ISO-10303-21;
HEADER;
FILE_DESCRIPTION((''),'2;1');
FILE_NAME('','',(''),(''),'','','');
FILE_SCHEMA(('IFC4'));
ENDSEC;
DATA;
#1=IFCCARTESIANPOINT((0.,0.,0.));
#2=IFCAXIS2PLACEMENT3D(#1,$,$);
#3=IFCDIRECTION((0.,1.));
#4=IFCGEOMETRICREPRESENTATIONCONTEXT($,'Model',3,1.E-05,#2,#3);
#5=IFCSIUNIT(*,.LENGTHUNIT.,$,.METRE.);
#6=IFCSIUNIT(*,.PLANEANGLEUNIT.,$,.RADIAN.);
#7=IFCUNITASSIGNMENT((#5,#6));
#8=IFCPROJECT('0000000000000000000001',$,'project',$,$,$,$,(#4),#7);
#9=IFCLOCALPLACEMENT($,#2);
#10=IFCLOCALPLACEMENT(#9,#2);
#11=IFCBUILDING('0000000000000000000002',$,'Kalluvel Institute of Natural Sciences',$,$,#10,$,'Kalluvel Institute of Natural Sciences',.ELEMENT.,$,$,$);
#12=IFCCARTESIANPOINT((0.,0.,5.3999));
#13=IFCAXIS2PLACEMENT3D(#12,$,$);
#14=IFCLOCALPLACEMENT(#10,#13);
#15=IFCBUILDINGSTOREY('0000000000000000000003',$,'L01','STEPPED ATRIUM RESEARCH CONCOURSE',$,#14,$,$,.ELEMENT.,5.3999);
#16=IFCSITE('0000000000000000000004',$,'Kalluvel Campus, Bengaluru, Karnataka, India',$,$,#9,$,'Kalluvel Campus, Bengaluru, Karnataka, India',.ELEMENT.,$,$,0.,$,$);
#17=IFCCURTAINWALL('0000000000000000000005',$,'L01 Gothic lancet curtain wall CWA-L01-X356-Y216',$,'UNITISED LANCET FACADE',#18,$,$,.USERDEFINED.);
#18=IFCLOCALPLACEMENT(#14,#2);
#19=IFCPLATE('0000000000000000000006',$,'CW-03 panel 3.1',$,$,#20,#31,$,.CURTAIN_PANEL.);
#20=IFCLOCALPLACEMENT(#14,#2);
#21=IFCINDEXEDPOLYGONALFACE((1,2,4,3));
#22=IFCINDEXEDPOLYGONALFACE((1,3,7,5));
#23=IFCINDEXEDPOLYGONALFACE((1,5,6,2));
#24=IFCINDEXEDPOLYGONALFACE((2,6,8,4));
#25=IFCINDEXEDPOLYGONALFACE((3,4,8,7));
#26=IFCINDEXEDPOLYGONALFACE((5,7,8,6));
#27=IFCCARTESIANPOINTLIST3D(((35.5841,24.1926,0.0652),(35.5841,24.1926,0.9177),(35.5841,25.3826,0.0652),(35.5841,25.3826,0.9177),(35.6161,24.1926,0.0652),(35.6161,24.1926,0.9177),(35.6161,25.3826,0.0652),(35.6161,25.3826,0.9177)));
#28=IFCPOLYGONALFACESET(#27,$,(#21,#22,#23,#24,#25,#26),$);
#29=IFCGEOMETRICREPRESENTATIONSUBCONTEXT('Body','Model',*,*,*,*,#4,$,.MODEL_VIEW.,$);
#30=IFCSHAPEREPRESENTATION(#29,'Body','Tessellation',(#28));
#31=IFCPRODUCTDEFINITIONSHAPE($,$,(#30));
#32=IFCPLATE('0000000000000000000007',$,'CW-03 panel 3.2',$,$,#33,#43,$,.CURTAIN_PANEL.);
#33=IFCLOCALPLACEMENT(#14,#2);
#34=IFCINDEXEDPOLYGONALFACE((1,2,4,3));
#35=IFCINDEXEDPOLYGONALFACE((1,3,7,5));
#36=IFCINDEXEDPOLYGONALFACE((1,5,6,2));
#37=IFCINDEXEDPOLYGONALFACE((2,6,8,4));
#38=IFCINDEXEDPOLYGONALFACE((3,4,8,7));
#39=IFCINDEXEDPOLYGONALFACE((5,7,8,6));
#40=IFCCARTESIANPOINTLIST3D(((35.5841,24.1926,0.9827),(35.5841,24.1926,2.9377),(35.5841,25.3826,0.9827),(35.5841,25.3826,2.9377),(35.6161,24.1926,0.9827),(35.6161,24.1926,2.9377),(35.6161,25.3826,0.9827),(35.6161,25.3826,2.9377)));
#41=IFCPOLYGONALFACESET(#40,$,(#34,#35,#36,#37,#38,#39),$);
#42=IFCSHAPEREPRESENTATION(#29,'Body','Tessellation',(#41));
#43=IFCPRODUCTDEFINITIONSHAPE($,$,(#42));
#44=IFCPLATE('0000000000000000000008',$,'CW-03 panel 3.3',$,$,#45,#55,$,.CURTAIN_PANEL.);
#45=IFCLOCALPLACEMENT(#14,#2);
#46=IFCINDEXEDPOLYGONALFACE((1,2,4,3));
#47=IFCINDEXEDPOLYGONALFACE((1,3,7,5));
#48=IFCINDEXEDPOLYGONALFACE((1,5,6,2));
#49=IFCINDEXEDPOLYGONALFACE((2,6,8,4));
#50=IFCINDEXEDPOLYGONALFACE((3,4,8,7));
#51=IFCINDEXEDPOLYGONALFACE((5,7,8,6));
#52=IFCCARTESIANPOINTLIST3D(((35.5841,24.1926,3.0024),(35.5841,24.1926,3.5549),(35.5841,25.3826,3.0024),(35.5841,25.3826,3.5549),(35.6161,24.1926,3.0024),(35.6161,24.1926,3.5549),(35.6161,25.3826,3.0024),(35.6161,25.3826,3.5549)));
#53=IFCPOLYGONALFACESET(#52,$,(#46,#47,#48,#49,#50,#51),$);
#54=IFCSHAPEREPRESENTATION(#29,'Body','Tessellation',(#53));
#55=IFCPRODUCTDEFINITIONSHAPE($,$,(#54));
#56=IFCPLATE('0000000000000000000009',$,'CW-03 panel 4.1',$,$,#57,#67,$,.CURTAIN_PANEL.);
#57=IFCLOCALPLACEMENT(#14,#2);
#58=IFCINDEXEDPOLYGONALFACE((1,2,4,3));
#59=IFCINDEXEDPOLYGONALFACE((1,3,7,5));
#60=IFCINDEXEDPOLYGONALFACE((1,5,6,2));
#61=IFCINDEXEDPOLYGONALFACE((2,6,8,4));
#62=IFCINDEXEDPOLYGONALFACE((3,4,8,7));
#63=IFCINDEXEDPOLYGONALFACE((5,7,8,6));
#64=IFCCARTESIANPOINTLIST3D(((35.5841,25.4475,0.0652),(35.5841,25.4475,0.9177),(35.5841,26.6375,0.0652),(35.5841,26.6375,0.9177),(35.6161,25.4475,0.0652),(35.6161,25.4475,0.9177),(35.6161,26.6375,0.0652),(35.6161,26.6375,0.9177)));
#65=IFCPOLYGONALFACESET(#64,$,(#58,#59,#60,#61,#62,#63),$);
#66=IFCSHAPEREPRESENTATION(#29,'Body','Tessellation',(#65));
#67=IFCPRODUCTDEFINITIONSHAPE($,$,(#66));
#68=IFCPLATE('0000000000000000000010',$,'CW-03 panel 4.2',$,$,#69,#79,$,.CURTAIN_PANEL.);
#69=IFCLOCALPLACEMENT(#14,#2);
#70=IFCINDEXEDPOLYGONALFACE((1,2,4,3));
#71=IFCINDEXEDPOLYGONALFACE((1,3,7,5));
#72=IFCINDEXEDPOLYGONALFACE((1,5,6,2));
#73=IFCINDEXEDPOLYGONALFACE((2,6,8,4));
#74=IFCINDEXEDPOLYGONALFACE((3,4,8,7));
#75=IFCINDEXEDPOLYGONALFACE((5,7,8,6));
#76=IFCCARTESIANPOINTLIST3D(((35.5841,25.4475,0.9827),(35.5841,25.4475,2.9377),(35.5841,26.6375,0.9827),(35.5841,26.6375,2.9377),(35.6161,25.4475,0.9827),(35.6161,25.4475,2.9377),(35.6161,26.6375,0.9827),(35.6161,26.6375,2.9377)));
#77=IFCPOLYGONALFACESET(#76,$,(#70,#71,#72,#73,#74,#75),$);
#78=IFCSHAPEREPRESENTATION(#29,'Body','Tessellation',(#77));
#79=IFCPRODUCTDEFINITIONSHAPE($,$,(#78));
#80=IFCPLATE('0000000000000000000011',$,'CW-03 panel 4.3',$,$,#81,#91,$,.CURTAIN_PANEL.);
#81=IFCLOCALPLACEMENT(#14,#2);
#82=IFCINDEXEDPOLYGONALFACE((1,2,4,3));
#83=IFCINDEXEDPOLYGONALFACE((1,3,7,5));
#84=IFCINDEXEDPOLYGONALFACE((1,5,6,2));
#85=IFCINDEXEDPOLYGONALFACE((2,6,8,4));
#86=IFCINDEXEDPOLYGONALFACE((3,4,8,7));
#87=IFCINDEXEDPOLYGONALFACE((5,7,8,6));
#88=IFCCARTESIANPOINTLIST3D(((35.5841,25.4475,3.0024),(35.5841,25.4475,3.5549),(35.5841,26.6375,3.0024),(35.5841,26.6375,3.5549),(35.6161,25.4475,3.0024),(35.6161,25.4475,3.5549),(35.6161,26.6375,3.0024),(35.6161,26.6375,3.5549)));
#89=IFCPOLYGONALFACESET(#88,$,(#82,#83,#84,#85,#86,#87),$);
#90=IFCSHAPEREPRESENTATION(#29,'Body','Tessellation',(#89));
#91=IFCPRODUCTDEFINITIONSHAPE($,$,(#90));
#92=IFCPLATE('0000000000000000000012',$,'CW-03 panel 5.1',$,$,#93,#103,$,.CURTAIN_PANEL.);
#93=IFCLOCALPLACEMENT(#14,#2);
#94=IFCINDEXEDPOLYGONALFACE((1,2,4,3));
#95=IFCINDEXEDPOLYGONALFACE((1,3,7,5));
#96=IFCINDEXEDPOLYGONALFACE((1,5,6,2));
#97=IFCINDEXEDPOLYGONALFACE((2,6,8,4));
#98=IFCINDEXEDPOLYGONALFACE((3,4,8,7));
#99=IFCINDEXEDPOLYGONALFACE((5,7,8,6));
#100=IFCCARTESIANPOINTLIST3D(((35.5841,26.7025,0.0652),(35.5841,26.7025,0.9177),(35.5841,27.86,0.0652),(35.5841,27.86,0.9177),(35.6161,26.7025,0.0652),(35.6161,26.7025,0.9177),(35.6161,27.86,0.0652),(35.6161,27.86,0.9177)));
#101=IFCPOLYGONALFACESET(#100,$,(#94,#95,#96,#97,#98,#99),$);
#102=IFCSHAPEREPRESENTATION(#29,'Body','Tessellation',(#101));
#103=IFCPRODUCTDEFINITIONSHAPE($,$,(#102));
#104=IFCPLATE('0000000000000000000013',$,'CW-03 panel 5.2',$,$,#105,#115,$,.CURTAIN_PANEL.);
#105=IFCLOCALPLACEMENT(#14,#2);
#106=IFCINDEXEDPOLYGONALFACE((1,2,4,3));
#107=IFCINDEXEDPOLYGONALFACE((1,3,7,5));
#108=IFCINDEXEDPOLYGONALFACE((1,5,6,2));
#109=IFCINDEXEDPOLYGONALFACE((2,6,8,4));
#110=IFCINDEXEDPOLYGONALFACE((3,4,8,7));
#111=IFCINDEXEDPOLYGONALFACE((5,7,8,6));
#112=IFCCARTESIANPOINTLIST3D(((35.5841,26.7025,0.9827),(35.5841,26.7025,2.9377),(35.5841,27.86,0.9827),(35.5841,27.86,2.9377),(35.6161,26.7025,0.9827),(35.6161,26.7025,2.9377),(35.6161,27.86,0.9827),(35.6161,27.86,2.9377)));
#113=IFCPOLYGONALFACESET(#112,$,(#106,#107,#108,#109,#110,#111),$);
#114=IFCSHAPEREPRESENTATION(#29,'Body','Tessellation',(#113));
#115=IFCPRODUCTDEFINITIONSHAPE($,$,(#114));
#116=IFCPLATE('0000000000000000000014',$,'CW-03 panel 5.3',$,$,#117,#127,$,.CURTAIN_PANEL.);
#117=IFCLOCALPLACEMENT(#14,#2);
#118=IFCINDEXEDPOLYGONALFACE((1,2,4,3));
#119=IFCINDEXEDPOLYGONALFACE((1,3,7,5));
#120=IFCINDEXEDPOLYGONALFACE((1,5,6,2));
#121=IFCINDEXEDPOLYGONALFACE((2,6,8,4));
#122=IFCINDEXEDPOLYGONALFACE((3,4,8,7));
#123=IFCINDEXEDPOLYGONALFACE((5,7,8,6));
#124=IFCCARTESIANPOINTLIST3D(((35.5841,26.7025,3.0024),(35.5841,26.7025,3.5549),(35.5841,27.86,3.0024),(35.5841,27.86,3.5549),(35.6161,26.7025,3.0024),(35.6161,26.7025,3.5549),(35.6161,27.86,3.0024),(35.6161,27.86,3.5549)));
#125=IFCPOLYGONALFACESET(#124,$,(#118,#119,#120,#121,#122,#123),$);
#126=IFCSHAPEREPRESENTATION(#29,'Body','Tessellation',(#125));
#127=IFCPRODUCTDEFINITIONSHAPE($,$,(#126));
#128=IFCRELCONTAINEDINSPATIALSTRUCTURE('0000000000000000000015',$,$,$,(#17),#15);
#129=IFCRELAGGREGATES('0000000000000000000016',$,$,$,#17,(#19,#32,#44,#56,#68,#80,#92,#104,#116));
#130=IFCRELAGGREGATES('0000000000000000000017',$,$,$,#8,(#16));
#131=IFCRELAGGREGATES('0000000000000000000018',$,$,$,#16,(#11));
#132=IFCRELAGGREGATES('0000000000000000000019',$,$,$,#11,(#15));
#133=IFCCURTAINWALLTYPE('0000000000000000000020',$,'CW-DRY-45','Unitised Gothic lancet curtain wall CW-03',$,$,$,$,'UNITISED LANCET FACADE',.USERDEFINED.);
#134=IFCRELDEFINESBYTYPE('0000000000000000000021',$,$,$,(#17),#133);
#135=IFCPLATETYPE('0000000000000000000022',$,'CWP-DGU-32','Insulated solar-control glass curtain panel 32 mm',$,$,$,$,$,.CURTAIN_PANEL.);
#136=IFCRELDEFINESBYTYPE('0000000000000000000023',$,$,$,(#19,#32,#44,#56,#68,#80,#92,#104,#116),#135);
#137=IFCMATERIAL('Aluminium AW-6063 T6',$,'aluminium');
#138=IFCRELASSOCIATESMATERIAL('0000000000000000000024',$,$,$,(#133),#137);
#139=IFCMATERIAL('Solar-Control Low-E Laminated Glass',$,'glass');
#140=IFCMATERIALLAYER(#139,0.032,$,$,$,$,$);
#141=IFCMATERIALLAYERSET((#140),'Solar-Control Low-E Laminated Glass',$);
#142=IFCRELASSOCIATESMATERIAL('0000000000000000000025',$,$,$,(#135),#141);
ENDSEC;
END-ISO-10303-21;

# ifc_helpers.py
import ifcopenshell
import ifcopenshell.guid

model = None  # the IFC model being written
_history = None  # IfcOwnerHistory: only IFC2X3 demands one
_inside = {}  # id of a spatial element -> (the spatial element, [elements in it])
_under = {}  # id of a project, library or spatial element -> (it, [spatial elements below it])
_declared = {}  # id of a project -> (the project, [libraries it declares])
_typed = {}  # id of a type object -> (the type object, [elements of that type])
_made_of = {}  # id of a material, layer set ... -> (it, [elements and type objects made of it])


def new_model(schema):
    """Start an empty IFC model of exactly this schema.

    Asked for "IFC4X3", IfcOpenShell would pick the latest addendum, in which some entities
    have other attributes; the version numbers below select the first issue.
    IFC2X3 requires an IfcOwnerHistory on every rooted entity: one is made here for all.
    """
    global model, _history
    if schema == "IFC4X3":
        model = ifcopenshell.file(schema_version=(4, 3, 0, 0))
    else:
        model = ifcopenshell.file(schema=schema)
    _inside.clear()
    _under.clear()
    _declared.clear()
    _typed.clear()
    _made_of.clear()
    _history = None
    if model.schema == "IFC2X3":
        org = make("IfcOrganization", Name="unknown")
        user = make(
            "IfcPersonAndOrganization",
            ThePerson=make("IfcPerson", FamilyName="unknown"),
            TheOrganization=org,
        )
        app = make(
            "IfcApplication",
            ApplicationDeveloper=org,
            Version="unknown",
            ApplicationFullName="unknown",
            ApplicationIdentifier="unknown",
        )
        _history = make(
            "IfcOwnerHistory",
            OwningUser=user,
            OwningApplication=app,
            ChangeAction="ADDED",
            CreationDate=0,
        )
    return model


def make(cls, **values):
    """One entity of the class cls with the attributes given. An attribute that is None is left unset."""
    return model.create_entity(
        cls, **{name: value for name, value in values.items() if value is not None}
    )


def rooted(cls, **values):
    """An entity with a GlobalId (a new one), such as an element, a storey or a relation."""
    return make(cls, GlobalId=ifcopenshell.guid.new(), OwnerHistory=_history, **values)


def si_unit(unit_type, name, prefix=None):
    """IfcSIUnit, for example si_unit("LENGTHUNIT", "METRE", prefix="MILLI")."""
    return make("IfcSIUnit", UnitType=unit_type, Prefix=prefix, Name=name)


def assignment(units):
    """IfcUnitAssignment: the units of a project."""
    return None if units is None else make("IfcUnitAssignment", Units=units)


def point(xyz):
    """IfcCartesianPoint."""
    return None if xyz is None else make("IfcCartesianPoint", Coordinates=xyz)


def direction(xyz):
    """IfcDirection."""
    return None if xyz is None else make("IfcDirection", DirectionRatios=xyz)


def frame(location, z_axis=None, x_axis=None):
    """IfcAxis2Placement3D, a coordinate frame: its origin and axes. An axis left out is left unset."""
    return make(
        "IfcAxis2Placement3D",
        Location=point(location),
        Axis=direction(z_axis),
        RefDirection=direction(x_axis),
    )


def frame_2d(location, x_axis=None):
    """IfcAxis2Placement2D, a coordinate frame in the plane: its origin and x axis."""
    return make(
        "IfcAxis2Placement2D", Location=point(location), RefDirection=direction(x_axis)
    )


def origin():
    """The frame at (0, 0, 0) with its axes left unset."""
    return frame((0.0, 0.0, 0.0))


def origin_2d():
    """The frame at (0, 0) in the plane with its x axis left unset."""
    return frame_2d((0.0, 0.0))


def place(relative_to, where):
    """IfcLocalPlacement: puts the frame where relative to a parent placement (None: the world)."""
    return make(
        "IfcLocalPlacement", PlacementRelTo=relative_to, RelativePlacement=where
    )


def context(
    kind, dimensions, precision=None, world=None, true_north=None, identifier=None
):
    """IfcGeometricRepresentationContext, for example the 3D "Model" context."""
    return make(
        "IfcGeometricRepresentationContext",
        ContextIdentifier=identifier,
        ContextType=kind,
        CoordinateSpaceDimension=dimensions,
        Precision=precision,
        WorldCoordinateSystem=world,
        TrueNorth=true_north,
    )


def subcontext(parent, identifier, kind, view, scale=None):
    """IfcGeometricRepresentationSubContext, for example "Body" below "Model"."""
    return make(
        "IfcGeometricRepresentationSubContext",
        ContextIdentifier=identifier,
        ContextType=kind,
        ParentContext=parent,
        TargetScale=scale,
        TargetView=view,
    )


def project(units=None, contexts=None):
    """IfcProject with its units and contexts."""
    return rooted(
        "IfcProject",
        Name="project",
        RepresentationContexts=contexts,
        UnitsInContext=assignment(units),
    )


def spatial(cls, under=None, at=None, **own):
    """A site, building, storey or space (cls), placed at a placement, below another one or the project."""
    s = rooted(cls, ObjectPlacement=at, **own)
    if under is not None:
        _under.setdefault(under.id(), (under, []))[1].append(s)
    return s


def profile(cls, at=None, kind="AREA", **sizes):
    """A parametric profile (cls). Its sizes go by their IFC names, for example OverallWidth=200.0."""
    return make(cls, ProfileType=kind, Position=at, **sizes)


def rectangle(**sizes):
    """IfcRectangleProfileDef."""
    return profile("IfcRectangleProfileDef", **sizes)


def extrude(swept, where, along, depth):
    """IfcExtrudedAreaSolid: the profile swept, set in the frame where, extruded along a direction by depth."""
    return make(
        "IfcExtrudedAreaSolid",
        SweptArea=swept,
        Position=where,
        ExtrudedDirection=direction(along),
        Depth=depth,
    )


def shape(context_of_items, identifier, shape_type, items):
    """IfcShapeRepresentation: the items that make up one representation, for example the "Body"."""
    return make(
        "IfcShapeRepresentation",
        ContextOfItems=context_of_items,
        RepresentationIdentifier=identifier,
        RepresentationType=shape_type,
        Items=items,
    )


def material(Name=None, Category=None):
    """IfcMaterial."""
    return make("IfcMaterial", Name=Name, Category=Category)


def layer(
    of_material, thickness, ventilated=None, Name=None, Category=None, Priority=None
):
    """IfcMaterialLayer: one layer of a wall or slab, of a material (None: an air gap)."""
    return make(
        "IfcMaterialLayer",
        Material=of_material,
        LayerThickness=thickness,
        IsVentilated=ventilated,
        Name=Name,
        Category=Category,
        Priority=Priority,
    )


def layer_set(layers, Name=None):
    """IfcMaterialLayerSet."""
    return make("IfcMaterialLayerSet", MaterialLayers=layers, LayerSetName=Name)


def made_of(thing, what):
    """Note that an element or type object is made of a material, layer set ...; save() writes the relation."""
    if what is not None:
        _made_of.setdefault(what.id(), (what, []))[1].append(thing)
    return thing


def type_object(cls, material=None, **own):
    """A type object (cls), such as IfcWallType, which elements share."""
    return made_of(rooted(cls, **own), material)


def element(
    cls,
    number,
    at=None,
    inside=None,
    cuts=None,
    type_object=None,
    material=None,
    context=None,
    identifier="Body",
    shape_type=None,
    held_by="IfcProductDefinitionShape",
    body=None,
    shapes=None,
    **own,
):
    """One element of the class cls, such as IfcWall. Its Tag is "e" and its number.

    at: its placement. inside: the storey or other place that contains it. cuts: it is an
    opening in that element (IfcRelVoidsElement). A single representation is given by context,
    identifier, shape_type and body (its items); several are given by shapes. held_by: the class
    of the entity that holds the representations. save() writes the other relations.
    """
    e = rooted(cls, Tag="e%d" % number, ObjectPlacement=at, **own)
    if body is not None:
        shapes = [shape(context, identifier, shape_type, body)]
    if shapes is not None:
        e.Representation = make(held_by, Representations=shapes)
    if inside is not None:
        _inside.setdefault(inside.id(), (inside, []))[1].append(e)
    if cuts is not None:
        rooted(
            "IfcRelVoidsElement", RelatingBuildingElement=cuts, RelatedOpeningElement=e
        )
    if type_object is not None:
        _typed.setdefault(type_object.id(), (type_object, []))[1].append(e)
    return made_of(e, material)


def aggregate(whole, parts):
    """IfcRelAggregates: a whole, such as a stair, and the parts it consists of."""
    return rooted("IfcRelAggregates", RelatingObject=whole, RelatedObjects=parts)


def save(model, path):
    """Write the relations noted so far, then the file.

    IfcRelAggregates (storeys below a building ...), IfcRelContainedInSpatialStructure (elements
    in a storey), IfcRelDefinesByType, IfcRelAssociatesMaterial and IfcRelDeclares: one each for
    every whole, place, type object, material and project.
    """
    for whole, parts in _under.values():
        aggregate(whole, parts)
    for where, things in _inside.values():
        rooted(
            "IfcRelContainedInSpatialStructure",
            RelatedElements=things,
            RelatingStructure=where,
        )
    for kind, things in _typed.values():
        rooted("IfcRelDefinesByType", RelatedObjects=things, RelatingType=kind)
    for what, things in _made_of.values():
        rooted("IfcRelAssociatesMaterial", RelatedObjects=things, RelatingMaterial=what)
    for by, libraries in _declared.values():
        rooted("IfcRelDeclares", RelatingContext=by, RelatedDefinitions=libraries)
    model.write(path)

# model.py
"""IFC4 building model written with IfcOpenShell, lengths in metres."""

from ifc_helpers import new_model, si_unit, direction, frame, origin, origin_2d, place, context, subcontext, project, spatial, rectangle, extrude, material, layer, layer_set, type_object, element, aggregate, save


model = new_model("IFC4")

# Units and contexts
model_context = context("Model", 3, precision=1e-05, world=origin(), true_north=direction((0.0, 1.0)))
body_context = subcontext(model_context, "Body", "Model", "MODEL_VIEW")
ifc_project = project(units=[si_unit("LENGTHUNIT", "METRE"), si_unit("PLANEANGLEUNIT", "RADIAN")], contexts=[model_context])

# Site, building, storey
site_placement = place(None, origin())
site = spatial("IfcSite", under=ifc_project, at=site_placement, Name="Kalluvel Campus, Bengaluru, Karnataka, India", LongName="Kalluvel Campus, Bengaluru, Karnataka, India", CompositionType="ELEMENT", RefElevation=0.0)
building_placement = place(site_placement, origin())
building = spatial("IfcBuilding", under=site, at=building_placement, Name="Kalluvel Institute of Natural Sciences", LongName="Kalluvel Institute of Natural Sciences", CompositionType="ELEMENT")
storey_placement = place(building_placement, frame((0.0, 0.0, 5.3999)))
storey = spatial("IfcBuildingStorey", under=building, at=storey_placement, Name="L01", Description="STEPPED ATRIUM RESEARCH CONCOURSE", CompositionType="ELEMENT", Elevation=5.3999)

# Curtain wall
ifc_material_1 = material(Name="Aluminium AW-6063 T6", Category="aluminium")
curtain_wall_type = type_object("IfcCurtainWallType", Name="CW-DRY-45", Description="Unitised Gothic lancet curtain wall CW-03", ElementType="UNITISED LANCET FACADE", PredefinedType="USERDEFINED", material=ifc_material_1)
curtain_wall_1_placement = place(storey_placement, origin())
curtain_wall_1 = element("IfcCurtainWall", 1, at=curtain_wall_1_placement, inside=storey, type_object=curtain_wall_type, Name="L01 Gothic lancet curtain wall CWA-L01-X356-Y216", ObjectType="UNITISED LANCET FACADE", PredefinedType="USERDEFINED")

# Plates
ifc_material_2 = material(Name="Solar-Control Low-E Laminated Glass", Category="glass")
ifc_layer = layer(ifc_material_2, 0.032)
ifc_layer_set = layer_set([ifc_layer], Name="Solar-Control Low-E Laminated Glass")
plate_type = type_object("IfcPlateType", Name="CWP-DGU-32", Description="Insulated solar-control glass curtain panel 32 mm", PredefinedType="CURTAIN_PANEL", material=ifc_layer_set)
plate_1_placement = place(storey_placement, frame((35.6001, 24.7876, 0.0652), z_axis=(0.0, 0.0, 1.0), x_axis=(0.0, 1.0, 0.0)))
plate_1 = element("IfcPlate", 2, at=plate_1_placement, type_object=plate_type, Name="CW-03 panel 3.1", PredefinedType="CURTAIN_PANEL", context=body_context, shape_type="SweptSolid", body=[
    extrude(rectangle(XDim=1.1899, YDim=0.032, at=origin_2d()), origin(), (0.0, 0.0, 1.0), 0.8525),
])
plate_2_placement = place(storey_placement, frame((35.6001, 24.7876, 0.9827), z_axis=(0.0, 0.0, 1.0), x_axis=(0.0, 1.0, 0.0)))
plate_2 = element("IfcPlate", 3, at=plate_2_placement, type_object=plate_type, Name="CW-03 panel 3.2", PredefinedType="CURTAIN_PANEL", context=body_context, shape_type="SweptSolid", body=[
    extrude(rectangle(XDim=1.1899, YDim=0.032, at=origin_2d()), origin(), (0.0, 0.0, 1.0), 1.9551),
])
plate_3_placement = place(storey_placement, frame((35.6001, 24.7876, 3.0024), z_axis=(0.0, 0.0, 1.0), x_axis=(0.0, 1.0, 0.0)))
plate_3 = element("IfcPlate", 4, at=plate_3_placement, type_object=plate_type, Name="CW-03 panel 3.3", PredefinedType="CURTAIN_PANEL", context=body_context, shape_type="SweptSolid", body=[
    extrude(rectangle(XDim=1.1899, YDim=0.032, at=origin_2d()), origin(), (0.0, 0.0, 1.0), 0.5525),
])
plate_4_placement = place(storey_placement, frame((35.6001, 26.0425, 0.0652), z_axis=(0.0, 0.0, 1.0), x_axis=(0.0, 1.0, 0.0)))
plate_4 = element("IfcPlate", 5, at=plate_4_placement, type_object=plate_type, Name="CW-03 panel 4.1", PredefinedType="CURTAIN_PANEL", context=body_context, shape_type="SweptSolid", body=[
    extrude(rectangle(XDim=1.1899, YDim=0.032, at=origin_2d()), origin(), (0.0, 0.0, 1.0), 0.8525),
])
plate_5_placement = place(storey_placement, frame((35.6001, 26.0425, 0.9827), z_axis=(0.0, 0.0, 1.0), x_axis=(0.0, 1.0, 0.0)))
plate_5 = element("IfcPlate", 6, at=plate_5_placement, type_object=plate_type, Name="CW-03 panel 4.2", PredefinedType="CURTAIN_PANEL", context=body_context, shape_type="SweptSolid", body=[
    extrude(rectangle(XDim=1.1899, YDim=0.032, at=origin_2d()), origin(), (0.0, 0.0, 1.0), 1.9551),
])
plate_6_placement = place(storey_placement, frame((35.6001, 26.0425, 3.0024), z_axis=(0.0, 0.0, 1.0), x_axis=(0.0, 1.0, 0.0)))
plate_6 = element("IfcPlate", 7, at=plate_6_placement, type_object=plate_type, Name="CW-03 panel 4.3", PredefinedType="CURTAIN_PANEL", context=body_context, shape_type="SweptSolid", body=[
    extrude(rectangle(XDim=1.1899, YDim=0.032, at=origin_2d()), origin(), (0.0, 0.0, 1.0), 0.5525),
])
plate_7_placement = place(storey_placement, frame((35.6001, 27.2812, 0.0652), z_axis=(0.0, 0.0, 1.0), x_axis=(0.0, 1.0, 0.0)))
plate_7 = element("IfcPlate", 8, at=plate_7_placement, type_object=plate_type, Name="CW-03 panel 5.1", PredefinedType="CURTAIN_PANEL", context=body_context, shape_type="SweptSolid", body=[
    extrude(rectangle(XDim=1.1575, YDim=0.032, at=origin_2d()), origin(), (0.0, 0.0, 1.0), 0.8525),
])
plate_8_placement = place(storey_placement, frame((35.6001, 27.2812, 0.9827), z_axis=(0.0, 0.0, 1.0), x_axis=(0.0, 1.0, 0.0)))
plate_8 = element("IfcPlate", 9, at=plate_8_placement, type_object=plate_type, Name="CW-03 panel 5.2", PredefinedType="CURTAIN_PANEL", context=body_context, shape_type="SweptSolid", body=[
    extrude(rectangle(XDim=1.1575, YDim=0.032, at=origin_2d()), origin(), (0.0, 0.0, 1.0), 1.9551),
])
plate_9_placement = place(storey_placement, frame((35.6001, 27.2812, 3.0024), z_axis=(0.0, 0.0, 1.0), x_axis=(0.0, 1.0, 0.0)))
plate_9 = element("IfcPlate", 10, at=plate_9_placement, type_object=plate_type, Name="CW-03 panel 5.3", PredefinedType="CURTAIN_PANEL", context=body_context, shape_type="SweptSolid", body=[
    extrude(rectangle(XDim=1.1575, YDim=0.032, at=origin_2d()), origin(), (0.0, 0.0, 1.0), 0.5525),
])
aggregate(curtain_wall_1, [plate_1, plate_2, plate_3, plate_4, plate_5, plate_6, plate_7, plate_8, plate_9])

save(model, "model.ifc")
